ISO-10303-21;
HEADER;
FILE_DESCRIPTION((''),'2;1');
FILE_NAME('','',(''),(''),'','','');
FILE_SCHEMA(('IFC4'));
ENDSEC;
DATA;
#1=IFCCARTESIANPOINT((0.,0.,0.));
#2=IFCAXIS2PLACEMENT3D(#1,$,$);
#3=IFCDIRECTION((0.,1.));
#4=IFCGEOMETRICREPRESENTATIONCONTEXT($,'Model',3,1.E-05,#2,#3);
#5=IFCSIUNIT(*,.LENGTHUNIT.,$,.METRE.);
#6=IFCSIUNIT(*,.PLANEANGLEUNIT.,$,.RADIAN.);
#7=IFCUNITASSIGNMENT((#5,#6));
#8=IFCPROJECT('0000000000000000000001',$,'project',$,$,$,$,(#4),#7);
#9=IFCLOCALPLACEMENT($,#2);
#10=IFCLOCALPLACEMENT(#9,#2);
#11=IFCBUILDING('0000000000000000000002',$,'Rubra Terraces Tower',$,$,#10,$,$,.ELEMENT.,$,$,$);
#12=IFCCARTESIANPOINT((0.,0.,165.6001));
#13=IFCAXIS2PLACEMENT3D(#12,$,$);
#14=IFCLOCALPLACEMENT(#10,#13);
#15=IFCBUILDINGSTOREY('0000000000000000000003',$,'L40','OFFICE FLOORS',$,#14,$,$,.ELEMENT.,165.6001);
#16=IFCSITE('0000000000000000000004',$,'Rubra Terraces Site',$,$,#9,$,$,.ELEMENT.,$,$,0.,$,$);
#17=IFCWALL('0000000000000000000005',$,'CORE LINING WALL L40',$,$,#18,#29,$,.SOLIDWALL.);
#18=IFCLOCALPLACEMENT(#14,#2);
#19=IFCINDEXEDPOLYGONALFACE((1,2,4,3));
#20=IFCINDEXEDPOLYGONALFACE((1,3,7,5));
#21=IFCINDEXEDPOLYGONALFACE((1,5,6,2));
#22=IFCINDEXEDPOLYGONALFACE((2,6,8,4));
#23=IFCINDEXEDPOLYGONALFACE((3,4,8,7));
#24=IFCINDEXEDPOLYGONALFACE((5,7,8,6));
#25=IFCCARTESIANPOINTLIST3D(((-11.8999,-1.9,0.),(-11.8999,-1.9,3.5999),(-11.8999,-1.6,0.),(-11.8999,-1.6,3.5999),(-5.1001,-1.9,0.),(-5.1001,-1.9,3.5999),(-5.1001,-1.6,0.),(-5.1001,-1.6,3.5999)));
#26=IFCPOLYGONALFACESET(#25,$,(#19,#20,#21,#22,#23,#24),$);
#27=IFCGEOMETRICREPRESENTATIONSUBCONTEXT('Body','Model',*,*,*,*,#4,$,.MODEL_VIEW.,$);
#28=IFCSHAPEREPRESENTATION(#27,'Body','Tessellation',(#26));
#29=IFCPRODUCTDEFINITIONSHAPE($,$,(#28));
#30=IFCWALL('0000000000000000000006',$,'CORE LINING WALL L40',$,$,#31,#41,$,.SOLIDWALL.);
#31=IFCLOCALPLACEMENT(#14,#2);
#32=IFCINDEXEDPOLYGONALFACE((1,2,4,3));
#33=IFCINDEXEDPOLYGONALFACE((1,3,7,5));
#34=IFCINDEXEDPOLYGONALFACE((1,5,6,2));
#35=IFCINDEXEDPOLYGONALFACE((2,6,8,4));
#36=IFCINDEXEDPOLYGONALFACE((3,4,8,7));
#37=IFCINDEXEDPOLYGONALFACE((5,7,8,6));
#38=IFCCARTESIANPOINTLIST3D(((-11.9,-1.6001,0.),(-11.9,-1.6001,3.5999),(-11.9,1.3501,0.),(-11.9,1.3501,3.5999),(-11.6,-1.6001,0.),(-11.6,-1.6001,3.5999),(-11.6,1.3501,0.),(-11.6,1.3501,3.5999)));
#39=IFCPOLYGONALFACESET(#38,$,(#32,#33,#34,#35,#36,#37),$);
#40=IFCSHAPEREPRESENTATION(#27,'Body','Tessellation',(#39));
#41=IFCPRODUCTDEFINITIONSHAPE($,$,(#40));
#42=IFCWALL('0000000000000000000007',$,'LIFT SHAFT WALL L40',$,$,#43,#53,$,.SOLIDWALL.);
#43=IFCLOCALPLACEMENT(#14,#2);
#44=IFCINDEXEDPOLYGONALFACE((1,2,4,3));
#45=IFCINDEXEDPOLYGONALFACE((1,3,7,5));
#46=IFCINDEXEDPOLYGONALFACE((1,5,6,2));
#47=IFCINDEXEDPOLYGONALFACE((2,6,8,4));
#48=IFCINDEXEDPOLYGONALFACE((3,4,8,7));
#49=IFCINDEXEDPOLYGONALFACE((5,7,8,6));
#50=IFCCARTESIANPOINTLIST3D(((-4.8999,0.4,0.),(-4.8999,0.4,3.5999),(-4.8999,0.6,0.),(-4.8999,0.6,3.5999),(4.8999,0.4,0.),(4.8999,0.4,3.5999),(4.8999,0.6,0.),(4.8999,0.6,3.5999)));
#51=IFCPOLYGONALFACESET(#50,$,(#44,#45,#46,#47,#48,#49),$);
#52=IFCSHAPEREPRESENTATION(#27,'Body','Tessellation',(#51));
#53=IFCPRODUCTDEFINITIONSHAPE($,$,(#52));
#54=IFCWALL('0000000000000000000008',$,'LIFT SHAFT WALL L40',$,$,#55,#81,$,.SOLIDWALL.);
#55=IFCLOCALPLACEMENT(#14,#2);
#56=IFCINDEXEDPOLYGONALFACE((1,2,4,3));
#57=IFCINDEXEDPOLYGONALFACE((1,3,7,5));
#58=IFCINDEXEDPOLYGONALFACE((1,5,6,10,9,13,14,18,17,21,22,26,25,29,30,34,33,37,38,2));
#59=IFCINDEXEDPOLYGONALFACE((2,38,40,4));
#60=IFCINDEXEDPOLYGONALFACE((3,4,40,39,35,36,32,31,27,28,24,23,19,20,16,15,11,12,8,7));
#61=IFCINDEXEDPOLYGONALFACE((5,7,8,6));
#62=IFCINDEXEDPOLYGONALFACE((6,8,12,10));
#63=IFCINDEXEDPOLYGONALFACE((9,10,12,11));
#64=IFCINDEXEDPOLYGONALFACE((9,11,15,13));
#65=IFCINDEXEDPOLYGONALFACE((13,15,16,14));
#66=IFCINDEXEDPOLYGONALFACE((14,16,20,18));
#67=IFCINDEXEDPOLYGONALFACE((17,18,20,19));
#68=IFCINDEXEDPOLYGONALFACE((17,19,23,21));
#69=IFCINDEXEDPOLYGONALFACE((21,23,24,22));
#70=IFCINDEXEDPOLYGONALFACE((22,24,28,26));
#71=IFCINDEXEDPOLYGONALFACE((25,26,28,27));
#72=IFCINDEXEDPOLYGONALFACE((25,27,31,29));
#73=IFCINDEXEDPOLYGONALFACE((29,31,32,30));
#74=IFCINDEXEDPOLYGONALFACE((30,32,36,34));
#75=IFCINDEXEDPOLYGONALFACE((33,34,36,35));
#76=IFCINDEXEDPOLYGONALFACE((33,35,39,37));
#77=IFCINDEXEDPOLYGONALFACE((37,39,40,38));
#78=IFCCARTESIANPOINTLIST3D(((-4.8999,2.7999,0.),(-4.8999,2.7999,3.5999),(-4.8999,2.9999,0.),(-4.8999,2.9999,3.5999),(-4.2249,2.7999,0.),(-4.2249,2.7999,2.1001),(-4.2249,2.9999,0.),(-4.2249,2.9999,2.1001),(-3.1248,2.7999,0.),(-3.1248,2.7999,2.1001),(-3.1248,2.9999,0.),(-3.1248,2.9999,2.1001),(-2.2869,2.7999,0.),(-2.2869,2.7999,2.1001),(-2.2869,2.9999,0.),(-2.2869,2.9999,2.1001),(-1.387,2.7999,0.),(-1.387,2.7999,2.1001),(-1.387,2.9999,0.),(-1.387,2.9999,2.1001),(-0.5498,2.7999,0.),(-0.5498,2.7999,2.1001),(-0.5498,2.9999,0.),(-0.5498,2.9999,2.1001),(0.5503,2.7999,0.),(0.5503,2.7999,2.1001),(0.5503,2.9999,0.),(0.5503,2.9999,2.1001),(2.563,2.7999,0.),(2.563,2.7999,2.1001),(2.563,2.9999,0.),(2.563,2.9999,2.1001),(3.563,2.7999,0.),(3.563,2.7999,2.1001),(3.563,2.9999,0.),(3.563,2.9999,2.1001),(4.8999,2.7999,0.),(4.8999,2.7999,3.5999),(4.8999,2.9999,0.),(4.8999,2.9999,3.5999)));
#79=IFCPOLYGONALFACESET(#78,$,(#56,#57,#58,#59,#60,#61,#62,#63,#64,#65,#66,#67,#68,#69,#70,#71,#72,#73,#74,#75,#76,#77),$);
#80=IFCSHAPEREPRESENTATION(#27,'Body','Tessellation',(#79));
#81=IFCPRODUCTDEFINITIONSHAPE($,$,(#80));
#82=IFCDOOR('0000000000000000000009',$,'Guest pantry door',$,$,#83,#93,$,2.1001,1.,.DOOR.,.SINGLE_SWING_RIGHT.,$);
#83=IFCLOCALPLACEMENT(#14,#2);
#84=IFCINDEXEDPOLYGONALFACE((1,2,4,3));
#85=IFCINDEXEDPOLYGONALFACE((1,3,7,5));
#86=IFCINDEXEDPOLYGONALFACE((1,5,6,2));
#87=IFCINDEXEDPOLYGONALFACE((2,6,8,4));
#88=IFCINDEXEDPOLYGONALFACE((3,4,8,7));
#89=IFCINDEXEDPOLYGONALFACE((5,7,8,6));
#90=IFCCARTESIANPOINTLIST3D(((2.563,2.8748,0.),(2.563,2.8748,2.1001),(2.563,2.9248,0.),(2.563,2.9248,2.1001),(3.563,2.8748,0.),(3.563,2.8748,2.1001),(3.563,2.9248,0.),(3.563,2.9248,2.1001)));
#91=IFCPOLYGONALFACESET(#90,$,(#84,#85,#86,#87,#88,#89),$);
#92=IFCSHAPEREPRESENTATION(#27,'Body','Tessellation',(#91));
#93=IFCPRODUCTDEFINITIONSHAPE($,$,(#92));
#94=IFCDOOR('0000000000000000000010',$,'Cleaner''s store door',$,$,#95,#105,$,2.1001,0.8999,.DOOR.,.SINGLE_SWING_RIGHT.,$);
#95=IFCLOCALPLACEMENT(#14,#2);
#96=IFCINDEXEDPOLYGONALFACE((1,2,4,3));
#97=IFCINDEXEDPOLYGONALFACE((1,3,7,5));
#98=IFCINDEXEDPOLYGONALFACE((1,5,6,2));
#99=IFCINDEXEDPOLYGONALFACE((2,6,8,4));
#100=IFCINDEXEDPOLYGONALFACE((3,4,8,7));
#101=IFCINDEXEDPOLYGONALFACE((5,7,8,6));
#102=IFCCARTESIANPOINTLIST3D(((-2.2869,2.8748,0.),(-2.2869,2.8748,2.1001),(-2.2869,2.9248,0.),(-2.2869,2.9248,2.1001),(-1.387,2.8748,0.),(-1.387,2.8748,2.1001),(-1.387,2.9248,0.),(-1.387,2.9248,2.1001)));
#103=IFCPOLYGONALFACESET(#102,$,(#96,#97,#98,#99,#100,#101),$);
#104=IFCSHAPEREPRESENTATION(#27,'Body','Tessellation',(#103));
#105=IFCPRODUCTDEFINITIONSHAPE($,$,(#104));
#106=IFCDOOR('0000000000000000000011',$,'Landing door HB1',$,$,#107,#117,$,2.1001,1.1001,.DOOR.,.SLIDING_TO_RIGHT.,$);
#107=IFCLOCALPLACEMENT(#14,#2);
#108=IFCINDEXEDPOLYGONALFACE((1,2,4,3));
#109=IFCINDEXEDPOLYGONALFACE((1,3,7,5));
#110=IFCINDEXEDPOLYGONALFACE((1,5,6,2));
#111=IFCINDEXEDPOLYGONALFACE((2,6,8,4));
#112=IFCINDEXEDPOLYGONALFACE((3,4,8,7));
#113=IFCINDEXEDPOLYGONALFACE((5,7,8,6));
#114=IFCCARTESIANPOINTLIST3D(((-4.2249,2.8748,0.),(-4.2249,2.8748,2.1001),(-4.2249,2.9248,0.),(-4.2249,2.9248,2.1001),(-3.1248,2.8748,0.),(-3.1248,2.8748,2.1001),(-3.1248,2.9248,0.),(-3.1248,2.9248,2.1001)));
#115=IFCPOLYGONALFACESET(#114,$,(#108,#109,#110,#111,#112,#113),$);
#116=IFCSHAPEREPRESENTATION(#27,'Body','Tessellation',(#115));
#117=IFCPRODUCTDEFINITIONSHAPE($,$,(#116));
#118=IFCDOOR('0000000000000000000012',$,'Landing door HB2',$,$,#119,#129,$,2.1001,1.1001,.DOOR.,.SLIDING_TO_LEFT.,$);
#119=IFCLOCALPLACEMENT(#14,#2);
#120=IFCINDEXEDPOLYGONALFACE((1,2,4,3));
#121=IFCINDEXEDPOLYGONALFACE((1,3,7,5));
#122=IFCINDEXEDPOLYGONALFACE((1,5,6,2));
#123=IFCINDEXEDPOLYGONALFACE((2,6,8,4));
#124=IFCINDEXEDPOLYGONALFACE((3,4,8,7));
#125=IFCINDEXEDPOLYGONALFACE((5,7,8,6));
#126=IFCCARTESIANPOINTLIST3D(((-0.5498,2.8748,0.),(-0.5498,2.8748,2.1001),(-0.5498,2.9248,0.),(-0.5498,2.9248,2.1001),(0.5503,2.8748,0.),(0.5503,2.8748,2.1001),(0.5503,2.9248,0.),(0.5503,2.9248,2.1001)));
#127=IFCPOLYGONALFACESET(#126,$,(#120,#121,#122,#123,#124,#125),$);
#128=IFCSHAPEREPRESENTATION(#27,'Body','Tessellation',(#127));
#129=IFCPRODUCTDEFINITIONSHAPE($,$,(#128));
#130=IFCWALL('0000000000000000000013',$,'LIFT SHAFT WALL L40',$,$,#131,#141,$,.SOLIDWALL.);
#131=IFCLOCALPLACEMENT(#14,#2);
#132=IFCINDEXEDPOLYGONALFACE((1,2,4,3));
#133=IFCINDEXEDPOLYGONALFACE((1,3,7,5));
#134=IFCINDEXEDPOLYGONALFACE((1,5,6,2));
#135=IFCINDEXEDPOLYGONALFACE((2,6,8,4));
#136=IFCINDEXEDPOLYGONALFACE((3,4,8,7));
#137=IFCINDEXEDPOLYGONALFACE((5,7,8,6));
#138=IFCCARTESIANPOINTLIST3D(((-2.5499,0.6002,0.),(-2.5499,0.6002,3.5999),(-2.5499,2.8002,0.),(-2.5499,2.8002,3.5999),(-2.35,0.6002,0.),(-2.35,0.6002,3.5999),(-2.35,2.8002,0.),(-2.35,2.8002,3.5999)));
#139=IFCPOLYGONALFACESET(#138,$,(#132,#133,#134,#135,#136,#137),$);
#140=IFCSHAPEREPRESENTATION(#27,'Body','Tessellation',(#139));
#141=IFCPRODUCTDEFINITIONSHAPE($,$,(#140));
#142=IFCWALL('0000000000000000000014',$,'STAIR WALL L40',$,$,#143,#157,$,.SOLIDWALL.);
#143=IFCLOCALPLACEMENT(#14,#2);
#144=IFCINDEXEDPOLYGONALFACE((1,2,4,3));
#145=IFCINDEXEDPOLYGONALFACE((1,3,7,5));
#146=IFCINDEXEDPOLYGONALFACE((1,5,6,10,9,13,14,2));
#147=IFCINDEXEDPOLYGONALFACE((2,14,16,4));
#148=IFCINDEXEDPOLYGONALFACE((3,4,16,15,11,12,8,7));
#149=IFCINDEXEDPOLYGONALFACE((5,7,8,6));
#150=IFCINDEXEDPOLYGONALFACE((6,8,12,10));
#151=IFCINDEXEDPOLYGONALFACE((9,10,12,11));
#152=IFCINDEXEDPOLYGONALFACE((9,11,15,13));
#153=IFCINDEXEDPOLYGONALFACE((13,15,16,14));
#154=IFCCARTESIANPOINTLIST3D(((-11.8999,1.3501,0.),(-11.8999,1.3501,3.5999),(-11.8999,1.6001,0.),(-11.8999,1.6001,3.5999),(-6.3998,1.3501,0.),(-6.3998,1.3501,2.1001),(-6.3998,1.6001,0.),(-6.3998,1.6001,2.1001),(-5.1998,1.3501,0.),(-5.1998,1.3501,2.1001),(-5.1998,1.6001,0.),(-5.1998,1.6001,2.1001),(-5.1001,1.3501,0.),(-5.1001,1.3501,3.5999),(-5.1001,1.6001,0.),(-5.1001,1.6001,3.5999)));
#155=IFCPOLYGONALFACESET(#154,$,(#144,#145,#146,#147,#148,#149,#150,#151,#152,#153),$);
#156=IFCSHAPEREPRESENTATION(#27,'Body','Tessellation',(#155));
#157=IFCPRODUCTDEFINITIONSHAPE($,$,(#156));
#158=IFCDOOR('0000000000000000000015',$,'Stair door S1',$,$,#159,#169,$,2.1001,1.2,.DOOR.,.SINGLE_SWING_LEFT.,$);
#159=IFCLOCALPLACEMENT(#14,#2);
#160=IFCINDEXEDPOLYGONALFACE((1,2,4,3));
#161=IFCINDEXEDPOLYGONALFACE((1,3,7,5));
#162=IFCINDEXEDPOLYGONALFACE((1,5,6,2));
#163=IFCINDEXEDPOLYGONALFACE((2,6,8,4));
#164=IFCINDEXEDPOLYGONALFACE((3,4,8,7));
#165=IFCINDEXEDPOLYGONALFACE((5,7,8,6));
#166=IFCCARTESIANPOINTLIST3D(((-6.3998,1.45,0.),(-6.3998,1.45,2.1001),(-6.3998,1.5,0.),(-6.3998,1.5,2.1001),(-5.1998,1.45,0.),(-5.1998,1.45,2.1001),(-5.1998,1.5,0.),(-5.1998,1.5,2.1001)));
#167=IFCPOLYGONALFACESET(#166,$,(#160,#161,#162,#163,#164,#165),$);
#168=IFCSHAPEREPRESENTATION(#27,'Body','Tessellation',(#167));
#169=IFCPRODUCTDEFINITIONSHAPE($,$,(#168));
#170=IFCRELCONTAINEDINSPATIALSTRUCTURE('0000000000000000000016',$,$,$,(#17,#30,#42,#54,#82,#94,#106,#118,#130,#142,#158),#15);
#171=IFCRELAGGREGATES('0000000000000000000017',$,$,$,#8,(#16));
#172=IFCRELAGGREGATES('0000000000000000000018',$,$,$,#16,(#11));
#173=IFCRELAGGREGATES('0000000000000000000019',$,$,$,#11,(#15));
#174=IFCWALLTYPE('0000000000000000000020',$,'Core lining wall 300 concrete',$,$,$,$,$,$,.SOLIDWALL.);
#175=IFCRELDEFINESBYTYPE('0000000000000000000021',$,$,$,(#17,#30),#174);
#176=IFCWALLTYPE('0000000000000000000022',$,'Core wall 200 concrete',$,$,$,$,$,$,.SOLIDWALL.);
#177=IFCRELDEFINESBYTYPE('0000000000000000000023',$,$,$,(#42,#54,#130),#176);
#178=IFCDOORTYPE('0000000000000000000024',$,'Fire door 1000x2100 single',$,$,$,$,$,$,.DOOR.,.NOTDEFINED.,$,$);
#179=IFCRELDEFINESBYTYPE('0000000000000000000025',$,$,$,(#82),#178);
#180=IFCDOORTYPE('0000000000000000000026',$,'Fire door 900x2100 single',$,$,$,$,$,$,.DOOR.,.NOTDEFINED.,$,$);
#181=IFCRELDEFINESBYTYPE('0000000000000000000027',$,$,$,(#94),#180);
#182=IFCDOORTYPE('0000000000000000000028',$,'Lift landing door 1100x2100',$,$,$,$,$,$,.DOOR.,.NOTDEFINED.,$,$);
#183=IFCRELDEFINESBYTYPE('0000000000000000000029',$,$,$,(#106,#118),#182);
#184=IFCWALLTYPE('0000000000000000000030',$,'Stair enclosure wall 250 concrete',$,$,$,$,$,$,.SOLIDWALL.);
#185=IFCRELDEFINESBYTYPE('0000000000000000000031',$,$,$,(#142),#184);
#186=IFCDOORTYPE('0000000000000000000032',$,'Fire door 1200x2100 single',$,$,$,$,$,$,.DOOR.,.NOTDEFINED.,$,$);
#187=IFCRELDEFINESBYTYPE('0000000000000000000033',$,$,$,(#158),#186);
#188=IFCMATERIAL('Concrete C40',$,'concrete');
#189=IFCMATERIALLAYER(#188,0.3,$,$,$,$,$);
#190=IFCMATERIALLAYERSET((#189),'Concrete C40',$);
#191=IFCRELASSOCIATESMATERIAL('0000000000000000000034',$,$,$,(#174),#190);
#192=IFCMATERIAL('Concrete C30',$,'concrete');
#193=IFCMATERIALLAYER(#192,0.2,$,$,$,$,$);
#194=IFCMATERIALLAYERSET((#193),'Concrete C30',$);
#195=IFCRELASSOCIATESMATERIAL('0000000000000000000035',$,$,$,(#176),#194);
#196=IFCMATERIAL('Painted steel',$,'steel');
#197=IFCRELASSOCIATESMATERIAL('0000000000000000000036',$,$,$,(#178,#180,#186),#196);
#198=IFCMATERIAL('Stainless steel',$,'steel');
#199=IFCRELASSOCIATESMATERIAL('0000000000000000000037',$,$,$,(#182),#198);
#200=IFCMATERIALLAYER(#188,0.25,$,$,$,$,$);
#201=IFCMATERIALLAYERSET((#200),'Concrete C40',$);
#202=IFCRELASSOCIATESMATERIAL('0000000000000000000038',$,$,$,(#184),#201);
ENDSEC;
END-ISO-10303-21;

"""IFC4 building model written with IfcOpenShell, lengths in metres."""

from ifc_helpers import new_model, si_unit, direction, frame, frame_2d, origin, place, context, subcontext, project, spatial, rectangle, extrude, material, layer, layer_set, type_object, element, fill, save


model = new_model("IFC4")

# Units and contexts
model_context = context("Model", 3, precision=1e-05, world=origin(), true_north=direction((0.0, 1.0)))
body_context = subcontext(model_context, "Body", "Model", "MODEL_VIEW")
ifc_project = project(units=[si_unit("LENGTHUNIT", "METRE"), si_unit("PLANEANGLEUNIT", "RADIAN")], contexts=[model_context])

# Site, building, storey
site_placement = place(None, origin())
site = spatial("IfcSite", under=ifc_project, at=site_placement, Name="Rubra Terraces Site", CompositionType="ELEMENT", RefElevation=0.0)
building_placement = place(site_placement, origin())
building = spatial("IfcBuilding", under=site, at=building_placement, Name="Rubra Terraces Tower", CompositionType="ELEMENT")
storey_placement = place(building_placement, frame((0.0, 0.0, 165.6001)))
storey = spatial("IfcBuildingStorey", under=building, at=storey_placement, Name="L40", Description="OFFICE FLOORS", CompositionType="ELEMENT", Elevation=165.6001)

# Walls
ifc_material_1 = material(Name="Concrete C40", Category="concrete")
ifc_layer_1 = layer(ifc_material_1, 0.3)
ifc_layer_set_1 = layer_set([ifc_layer_1], Name="Concrete C40")
wall_type_1 = type_object("IfcWallType", Name="Core lining wall 300 concrete", PredefinedType="SOLIDWALL", material=ifc_layer_set_1)
wall_1_placement = place(storey_placement, frame((-11.8999, -1.75, 0.0), z_axis=(0.0, 0.0, 1.0), x_axis=(1.0, 0.0, 0.0)))
element("IfcWall", 1, at=wall_1_placement, inside=storey, type_object=wall_type_1, Name="CORE LINING WALL L40", PredefinedType="SOLIDWALL", context=body_context, shape_type="SweptSolid", body=[
    extrude(rectangle(XDim=6.7998, YDim=0.3, at=frame_2d((3.3999, 0.0))), origin(), (0.0, 0.0, 1.0), 3.5999),
])
wall_2_placement = place(storey_placement, frame((-11.75, -1.6001, 0.0), z_axis=(0.0, 0.0, 1.0), x_axis=(0.0, 1.0, 0.0)))
element("IfcWall", 2, at=wall_2_placement, inside=storey, type_object=wall_type_1, Name="CORE LINING WALL L40", PredefinedType="SOLIDWALL", context=body_context, shape_type="SweptSolid", body=[
    extrude(rectangle(XDim=2.9502, YDim=0.3, at=frame_2d((1.4751, 0.0))), origin(), (0.0, 0.0, 1.0), 3.5999),
])
ifc_material_2 = material(Name="Concrete C30", Category="concrete")
ifc_layer_2 = layer(ifc_material_2, 0.2)
ifc_layer_set_2 = layer_set([ifc_layer_2], Name="Concrete C30")
wall_type_2 = type_object("IfcWallType", Name="Core wall 200 concrete", PredefinedType="SOLIDWALL", material=ifc_layer_set_2)
wall_3_placement = place(storey_placement, frame((-4.8999, 0.5, 0.0), z_axis=(0.0, 0.0, 1.0), x_axis=(1.0, 0.0, 0.0)))
element("IfcWall", 3, at=wall_3_placement, inside=storey, type_object=wall_type_2, Name="LIFT SHAFT WALL L40", PredefinedType="SOLIDWALL", context=body_context, shape_type="SweptSolid", body=[
    extrude(rectangle(XDim=9.7998, YDim=0.2, at=frame_2d((4.8999, 0.0))), origin(), (0.0, 0.0, 1.0), 3.5999),
])

# Wall, openings, doors
wall_4_placement = place(storey_placement, frame((-4.8999, 2.8999, 0.0), z_axis=(0.0, 0.0, 1.0), x_axis=(1.0, 0.0, 0.0)))
wall_4 = element("IfcWall", 4, at=wall_4_placement, inside=storey, type_object=wall_type_2, Name="LIFT SHAFT WALL L40", PredefinedType="SOLIDWALL", context=body_context, shape_type="SweptSolid", body=[
    extrude(rectangle(XDim=9.7998, YDim=0.2, at=frame_2d((4.8999, 0.0))), origin(), (0.0, 0.0, 1.0), 3.5999),
])
opening_1_placement = place(wall_4_placement, frame((0.675, 0.0, 0.0)))
opening_1 = element("IfcOpeningElement", 5, at=opening_1_placement, cuts=wall_4, PredefinedType="OPENING", context=body_context, shape_type="SweptSolid", body=[
    extrude(rectangle(XDim=1.1001, YDim=2.1001, at=frame_2d((0.55, 1.05))), frame((0.0, 0.1099, 0.0), z_axis=(0.0, -1.0, 0.0), x_axis=(1.0, 0.0, 0.0)), (0.0, 0.0, 1.0), 0.22),
])
opening_2_placement = place(wall_4_placement, frame((2.613, 0.0, 0.0)))
opening_2 = element("IfcOpeningElement", 6, at=opening_2_placement, cuts=wall_4, PredefinedType="OPENING", context=body_context, shape_type="SweptSolid", body=[
    extrude(rectangle(XDim=0.8999, YDim=2.1001, at=frame_2d((0.45, 1.05))), frame((0.0, 0.1099, 0.0), z_axis=(0.0, -1.0, 0.0), x_axis=(1.0, 0.0, 0.0)), (0.0, 0.0, 1.0), 0.22),
])
opening_3_placement = place(wall_4_placement, frame((4.3501, 0.0, 0.0)))
opening_3 = element("IfcOpeningElement", 7, at=opening_3_placement, cuts=wall_4, PredefinedType="OPENING", context=body_context, shape_type="SweptSolid", body=[
    extrude(rectangle(XDim=1.1001, YDim=2.1001, at=frame_2d((0.55, 1.05))), frame((0.0, 0.1099, 0.0), z_axis=(0.0, -1.0, 0.0), x_axis=(1.0, 0.0, 0.0)), (0.0, 0.0, 1.0), 0.22),
])
opening_4_placement = place(wall_4_placement, frame((7.4629, 0.0, 0.0)))
opening_4 = element("IfcOpeningElement", 8, at=opening_4_placement, cuts=wall_4, PredefinedType="OPENING", context=body_context, shape_type="SweptSolid", body=[
    extrude(rectangle(XDim=1.0, YDim=2.1001, at=frame_2d((0.5, 1.05))), frame((0.0, 0.1099, 0.0), z_axis=(0.0, -1.0, 0.0), x_axis=(1.0, 0.0, 0.0)), (0.0, 0.0, 1.0), 0.22),
])
ifc_material_3 = material(Name="Painted steel", Category="steel")
door_type_1 = type_object("IfcDoorType", Name="Fire door 1000x2100 single", OperationType="NOTDEFINED", PredefinedType="DOOR", material=ifc_material_3)
door_1_placement = place(opening_4_placement, origin())
door_1 = element("IfcDoor", 9, at=door_1_placement, inside=storey, type_object=door_type_1, Name="Guest pantry door", OperationType="SINGLE_SWING_RIGHT", OverallHeight=2.1001, OverallWidth=1.0, PredefinedType="DOOR", context=body_context, shape_type="SweptSolid", body=[
    extrude(rectangle(XDim=1.0, YDim=2.1001, at=frame_2d((0.5, 1.05))), frame((0.0, 0.0249, 0.0), z_axis=(0.0, -1.0, 0.0), x_axis=(1.0, 0.0, 0.0)), (0.0, 0.0, 1.0), 0.05),
])
fill(opening_4, door_1)
door_type_2 = type_object("IfcDoorType", Name="Fire door 900x2100 single", OperationType="NOTDEFINED", PredefinedType="DOOR", material=ifc_material_3)
door_2_placement = place(opening_2_placement, origin())
door_2 = element("IfcDoor", 10, at=door_2_placement, inside=storey, type_object=door_type_2, Name="Cleaner's store door", OperationType="SINGLE_SWING_RIGHT", OverallHeight=2.1001, OverallWidth=0.8999, PredefinedType="DOOR", context=body_context, shape_type="SweptSolid", body=[
    extrude(rectangle(XDim=0.8999, YDim=2.1001, at=frame_2d((0.45, 1.05))), frame((0.0, 0.0249, 0.0), z_axis=(0.0, -1.0, 0.0), x_axis=(1.0, 0.0, 0.0)), (0.0, 0.0, 1.0), 0.05),
])
fill(opening_2, door_2)
ifc_material_4 = material(Name="Stainless steel", Category="steel")
door_type_3 = type_object("IfcDoorType", Name="Lift landing door 1100x2100", OperationType="NOTDEFINED", PredefinedType="DOOR", material=ifc_material_4)
door_3_placement = place(opening_1_placement, origin())
door_3 = element("IfcDoor", 11, at=door_3_placement, inside=storey, type_object=door_type_3, Name="Landing door HB1", OperationType="SLIDING_TO_RIGHT", OverallHeight=2.1001, OverallWidth=1.1001, PredefinedType="DOOR", context=body_context, shape_type="SweptSolid", body=[
    extrude(rectangle(XDim=1.1001, YDim=2.1001, at=frame_2d((0.55, 1.05))), frame((0.0, 0.0249, 0.0), z_axis=(0.0, -1.0, 0.0), x_axis=(1.0, 0.0, 0.0)), (0.0, 0.0, 1.0), 0.05),
])
fill(opening_1, door_3)
door_4_placement = place(opening_3_placement, origin())
door_4 = element("IfcDoor", 12, at=door_4_placement, inside=storey, type_object=door_type_3, Name="Landing door HB2", OperationType="SLIDING_TO_LEFT", OverallHeight=2.1001, OverallWidth=1.1001, PredefinedType="DOOR", context=body_context, shape_type="SweptSolid", body=[
    extrude(rectangle(XDim=1.1001, YDim=2.1001, at=frame_2d((0.55, 1.05))), frame((0.0, 0.0249, 0.0), z_axis=(0.0, -1.0, 0.0), x_axis=(1.0, 0.0, 0.0)), (0.0, 0.0, 1.0), 0.05),
])
fill(opening_3, door_4)

# Wall
wall_5_placement = place(storey_placement, frame((-2.45, 0.6001, 0.0), z_axis=(0.0, 0.0, 1.0), x_axis=(0.0, 1.0, 0.0)))
element("IfcWall", 13, at=wall_5_placement, inside=storey, type_object=wall_type_2, Name="LIFT SHAFT WALL L40", PredefinedType="SOLIDWALL", context=body_context, shape_type="SweptSolid", body=[
    extrude(rectangle(XDim=2.2, YDim=0.2, at=frame_2d((1.1001, 0.0))), origin(), (0.0, 0.0, 1.0), 3.5999),
])

# Wall, opening, door
ifc_layer_3 = layer(ifc_material_1, 0.25)
ifc_layer_set_3 = layer_set([ifc_layer_3], Name="Concrete C40")
wall_type_3 = type_object("IfcWallType", Name="Stair enclosure wall 250 concrete", PredefinedType="SOLIDWALL", material=ifc_layer_set_3)
wall_6_placement = place(storey_placement, frame((-11.8999, 1.4751, 0.0), z_axis=(0.0, 0.0, 1.0), x_axis=(1.0, 0.0, 0.0)))
wall_6 = element("IfcWall", 14, at=wall_6_placement, inside=storey, type_object=wall_type_3, Name="STAIR WALL L40", PredefinedType="SOLIDWALL", context=body_context, shape_type="SweptSolid", body=[
    extrude(rectangle(XDim=6.7998, YDim=0.25, at=frame_2d((3.3999, 0.0))), origin(), (0.0, 0.0, 1.0), 3.5999),
])
opening_5_placement = place(wall_6_placement, frame((5.5, 0.0, 0.0)))
opening_5 = element("IfcOpeningElement", 15, at=opening_5_placement, cuts=wall_6, PredefinedType="OPENING", context=body_context, shape_type="SweptSolid", body=[
    extrude(rectangle(XDim=1.2, YDim=2.1001, at=frame_2d((0.6001, 1.05))), frame((0.0, 0.135, 0.0), z_axis=(0.0, -1.0, 0.0), x_axis=(1.0, 0.0, 0.0)), (0.0, 0.0, 1.0), 0.27),
])
door_type_4 = type_object("IfcDoorType", Name="Fire door 1200x2100 single", OperationType="NOTDEFINED", PredefinedType="DOOR", material=ifc_material_3)
door_5_placement = place(opening_5_placement, origin())
door_5 = element("IfcDoor", 16, at=door_5_placement, inside=storey, type_object=door_type_4, Name="Stair door S1", OperationType="SINGLE_SWING_LEFT", OverallHeight=2.1001, OverallWidth=1.2, PredefinedType="DOOR", context=body_context, shape_type="SweptSolid", body=[
    extrude(rectangle(XDim=1.2, YDim=2.1001, at=frame_2d((0.6001, 1.05))), frame((0.0, 0.0249, 0.0), z_axis=(0.0, -1.0, 0.0), x_axis=(1.0, 0.0, 0.0)), (0.0, 0.0, 1.0), 0.05),
])
fill(opening_5, door_5)

save(model, "model.ifc")
